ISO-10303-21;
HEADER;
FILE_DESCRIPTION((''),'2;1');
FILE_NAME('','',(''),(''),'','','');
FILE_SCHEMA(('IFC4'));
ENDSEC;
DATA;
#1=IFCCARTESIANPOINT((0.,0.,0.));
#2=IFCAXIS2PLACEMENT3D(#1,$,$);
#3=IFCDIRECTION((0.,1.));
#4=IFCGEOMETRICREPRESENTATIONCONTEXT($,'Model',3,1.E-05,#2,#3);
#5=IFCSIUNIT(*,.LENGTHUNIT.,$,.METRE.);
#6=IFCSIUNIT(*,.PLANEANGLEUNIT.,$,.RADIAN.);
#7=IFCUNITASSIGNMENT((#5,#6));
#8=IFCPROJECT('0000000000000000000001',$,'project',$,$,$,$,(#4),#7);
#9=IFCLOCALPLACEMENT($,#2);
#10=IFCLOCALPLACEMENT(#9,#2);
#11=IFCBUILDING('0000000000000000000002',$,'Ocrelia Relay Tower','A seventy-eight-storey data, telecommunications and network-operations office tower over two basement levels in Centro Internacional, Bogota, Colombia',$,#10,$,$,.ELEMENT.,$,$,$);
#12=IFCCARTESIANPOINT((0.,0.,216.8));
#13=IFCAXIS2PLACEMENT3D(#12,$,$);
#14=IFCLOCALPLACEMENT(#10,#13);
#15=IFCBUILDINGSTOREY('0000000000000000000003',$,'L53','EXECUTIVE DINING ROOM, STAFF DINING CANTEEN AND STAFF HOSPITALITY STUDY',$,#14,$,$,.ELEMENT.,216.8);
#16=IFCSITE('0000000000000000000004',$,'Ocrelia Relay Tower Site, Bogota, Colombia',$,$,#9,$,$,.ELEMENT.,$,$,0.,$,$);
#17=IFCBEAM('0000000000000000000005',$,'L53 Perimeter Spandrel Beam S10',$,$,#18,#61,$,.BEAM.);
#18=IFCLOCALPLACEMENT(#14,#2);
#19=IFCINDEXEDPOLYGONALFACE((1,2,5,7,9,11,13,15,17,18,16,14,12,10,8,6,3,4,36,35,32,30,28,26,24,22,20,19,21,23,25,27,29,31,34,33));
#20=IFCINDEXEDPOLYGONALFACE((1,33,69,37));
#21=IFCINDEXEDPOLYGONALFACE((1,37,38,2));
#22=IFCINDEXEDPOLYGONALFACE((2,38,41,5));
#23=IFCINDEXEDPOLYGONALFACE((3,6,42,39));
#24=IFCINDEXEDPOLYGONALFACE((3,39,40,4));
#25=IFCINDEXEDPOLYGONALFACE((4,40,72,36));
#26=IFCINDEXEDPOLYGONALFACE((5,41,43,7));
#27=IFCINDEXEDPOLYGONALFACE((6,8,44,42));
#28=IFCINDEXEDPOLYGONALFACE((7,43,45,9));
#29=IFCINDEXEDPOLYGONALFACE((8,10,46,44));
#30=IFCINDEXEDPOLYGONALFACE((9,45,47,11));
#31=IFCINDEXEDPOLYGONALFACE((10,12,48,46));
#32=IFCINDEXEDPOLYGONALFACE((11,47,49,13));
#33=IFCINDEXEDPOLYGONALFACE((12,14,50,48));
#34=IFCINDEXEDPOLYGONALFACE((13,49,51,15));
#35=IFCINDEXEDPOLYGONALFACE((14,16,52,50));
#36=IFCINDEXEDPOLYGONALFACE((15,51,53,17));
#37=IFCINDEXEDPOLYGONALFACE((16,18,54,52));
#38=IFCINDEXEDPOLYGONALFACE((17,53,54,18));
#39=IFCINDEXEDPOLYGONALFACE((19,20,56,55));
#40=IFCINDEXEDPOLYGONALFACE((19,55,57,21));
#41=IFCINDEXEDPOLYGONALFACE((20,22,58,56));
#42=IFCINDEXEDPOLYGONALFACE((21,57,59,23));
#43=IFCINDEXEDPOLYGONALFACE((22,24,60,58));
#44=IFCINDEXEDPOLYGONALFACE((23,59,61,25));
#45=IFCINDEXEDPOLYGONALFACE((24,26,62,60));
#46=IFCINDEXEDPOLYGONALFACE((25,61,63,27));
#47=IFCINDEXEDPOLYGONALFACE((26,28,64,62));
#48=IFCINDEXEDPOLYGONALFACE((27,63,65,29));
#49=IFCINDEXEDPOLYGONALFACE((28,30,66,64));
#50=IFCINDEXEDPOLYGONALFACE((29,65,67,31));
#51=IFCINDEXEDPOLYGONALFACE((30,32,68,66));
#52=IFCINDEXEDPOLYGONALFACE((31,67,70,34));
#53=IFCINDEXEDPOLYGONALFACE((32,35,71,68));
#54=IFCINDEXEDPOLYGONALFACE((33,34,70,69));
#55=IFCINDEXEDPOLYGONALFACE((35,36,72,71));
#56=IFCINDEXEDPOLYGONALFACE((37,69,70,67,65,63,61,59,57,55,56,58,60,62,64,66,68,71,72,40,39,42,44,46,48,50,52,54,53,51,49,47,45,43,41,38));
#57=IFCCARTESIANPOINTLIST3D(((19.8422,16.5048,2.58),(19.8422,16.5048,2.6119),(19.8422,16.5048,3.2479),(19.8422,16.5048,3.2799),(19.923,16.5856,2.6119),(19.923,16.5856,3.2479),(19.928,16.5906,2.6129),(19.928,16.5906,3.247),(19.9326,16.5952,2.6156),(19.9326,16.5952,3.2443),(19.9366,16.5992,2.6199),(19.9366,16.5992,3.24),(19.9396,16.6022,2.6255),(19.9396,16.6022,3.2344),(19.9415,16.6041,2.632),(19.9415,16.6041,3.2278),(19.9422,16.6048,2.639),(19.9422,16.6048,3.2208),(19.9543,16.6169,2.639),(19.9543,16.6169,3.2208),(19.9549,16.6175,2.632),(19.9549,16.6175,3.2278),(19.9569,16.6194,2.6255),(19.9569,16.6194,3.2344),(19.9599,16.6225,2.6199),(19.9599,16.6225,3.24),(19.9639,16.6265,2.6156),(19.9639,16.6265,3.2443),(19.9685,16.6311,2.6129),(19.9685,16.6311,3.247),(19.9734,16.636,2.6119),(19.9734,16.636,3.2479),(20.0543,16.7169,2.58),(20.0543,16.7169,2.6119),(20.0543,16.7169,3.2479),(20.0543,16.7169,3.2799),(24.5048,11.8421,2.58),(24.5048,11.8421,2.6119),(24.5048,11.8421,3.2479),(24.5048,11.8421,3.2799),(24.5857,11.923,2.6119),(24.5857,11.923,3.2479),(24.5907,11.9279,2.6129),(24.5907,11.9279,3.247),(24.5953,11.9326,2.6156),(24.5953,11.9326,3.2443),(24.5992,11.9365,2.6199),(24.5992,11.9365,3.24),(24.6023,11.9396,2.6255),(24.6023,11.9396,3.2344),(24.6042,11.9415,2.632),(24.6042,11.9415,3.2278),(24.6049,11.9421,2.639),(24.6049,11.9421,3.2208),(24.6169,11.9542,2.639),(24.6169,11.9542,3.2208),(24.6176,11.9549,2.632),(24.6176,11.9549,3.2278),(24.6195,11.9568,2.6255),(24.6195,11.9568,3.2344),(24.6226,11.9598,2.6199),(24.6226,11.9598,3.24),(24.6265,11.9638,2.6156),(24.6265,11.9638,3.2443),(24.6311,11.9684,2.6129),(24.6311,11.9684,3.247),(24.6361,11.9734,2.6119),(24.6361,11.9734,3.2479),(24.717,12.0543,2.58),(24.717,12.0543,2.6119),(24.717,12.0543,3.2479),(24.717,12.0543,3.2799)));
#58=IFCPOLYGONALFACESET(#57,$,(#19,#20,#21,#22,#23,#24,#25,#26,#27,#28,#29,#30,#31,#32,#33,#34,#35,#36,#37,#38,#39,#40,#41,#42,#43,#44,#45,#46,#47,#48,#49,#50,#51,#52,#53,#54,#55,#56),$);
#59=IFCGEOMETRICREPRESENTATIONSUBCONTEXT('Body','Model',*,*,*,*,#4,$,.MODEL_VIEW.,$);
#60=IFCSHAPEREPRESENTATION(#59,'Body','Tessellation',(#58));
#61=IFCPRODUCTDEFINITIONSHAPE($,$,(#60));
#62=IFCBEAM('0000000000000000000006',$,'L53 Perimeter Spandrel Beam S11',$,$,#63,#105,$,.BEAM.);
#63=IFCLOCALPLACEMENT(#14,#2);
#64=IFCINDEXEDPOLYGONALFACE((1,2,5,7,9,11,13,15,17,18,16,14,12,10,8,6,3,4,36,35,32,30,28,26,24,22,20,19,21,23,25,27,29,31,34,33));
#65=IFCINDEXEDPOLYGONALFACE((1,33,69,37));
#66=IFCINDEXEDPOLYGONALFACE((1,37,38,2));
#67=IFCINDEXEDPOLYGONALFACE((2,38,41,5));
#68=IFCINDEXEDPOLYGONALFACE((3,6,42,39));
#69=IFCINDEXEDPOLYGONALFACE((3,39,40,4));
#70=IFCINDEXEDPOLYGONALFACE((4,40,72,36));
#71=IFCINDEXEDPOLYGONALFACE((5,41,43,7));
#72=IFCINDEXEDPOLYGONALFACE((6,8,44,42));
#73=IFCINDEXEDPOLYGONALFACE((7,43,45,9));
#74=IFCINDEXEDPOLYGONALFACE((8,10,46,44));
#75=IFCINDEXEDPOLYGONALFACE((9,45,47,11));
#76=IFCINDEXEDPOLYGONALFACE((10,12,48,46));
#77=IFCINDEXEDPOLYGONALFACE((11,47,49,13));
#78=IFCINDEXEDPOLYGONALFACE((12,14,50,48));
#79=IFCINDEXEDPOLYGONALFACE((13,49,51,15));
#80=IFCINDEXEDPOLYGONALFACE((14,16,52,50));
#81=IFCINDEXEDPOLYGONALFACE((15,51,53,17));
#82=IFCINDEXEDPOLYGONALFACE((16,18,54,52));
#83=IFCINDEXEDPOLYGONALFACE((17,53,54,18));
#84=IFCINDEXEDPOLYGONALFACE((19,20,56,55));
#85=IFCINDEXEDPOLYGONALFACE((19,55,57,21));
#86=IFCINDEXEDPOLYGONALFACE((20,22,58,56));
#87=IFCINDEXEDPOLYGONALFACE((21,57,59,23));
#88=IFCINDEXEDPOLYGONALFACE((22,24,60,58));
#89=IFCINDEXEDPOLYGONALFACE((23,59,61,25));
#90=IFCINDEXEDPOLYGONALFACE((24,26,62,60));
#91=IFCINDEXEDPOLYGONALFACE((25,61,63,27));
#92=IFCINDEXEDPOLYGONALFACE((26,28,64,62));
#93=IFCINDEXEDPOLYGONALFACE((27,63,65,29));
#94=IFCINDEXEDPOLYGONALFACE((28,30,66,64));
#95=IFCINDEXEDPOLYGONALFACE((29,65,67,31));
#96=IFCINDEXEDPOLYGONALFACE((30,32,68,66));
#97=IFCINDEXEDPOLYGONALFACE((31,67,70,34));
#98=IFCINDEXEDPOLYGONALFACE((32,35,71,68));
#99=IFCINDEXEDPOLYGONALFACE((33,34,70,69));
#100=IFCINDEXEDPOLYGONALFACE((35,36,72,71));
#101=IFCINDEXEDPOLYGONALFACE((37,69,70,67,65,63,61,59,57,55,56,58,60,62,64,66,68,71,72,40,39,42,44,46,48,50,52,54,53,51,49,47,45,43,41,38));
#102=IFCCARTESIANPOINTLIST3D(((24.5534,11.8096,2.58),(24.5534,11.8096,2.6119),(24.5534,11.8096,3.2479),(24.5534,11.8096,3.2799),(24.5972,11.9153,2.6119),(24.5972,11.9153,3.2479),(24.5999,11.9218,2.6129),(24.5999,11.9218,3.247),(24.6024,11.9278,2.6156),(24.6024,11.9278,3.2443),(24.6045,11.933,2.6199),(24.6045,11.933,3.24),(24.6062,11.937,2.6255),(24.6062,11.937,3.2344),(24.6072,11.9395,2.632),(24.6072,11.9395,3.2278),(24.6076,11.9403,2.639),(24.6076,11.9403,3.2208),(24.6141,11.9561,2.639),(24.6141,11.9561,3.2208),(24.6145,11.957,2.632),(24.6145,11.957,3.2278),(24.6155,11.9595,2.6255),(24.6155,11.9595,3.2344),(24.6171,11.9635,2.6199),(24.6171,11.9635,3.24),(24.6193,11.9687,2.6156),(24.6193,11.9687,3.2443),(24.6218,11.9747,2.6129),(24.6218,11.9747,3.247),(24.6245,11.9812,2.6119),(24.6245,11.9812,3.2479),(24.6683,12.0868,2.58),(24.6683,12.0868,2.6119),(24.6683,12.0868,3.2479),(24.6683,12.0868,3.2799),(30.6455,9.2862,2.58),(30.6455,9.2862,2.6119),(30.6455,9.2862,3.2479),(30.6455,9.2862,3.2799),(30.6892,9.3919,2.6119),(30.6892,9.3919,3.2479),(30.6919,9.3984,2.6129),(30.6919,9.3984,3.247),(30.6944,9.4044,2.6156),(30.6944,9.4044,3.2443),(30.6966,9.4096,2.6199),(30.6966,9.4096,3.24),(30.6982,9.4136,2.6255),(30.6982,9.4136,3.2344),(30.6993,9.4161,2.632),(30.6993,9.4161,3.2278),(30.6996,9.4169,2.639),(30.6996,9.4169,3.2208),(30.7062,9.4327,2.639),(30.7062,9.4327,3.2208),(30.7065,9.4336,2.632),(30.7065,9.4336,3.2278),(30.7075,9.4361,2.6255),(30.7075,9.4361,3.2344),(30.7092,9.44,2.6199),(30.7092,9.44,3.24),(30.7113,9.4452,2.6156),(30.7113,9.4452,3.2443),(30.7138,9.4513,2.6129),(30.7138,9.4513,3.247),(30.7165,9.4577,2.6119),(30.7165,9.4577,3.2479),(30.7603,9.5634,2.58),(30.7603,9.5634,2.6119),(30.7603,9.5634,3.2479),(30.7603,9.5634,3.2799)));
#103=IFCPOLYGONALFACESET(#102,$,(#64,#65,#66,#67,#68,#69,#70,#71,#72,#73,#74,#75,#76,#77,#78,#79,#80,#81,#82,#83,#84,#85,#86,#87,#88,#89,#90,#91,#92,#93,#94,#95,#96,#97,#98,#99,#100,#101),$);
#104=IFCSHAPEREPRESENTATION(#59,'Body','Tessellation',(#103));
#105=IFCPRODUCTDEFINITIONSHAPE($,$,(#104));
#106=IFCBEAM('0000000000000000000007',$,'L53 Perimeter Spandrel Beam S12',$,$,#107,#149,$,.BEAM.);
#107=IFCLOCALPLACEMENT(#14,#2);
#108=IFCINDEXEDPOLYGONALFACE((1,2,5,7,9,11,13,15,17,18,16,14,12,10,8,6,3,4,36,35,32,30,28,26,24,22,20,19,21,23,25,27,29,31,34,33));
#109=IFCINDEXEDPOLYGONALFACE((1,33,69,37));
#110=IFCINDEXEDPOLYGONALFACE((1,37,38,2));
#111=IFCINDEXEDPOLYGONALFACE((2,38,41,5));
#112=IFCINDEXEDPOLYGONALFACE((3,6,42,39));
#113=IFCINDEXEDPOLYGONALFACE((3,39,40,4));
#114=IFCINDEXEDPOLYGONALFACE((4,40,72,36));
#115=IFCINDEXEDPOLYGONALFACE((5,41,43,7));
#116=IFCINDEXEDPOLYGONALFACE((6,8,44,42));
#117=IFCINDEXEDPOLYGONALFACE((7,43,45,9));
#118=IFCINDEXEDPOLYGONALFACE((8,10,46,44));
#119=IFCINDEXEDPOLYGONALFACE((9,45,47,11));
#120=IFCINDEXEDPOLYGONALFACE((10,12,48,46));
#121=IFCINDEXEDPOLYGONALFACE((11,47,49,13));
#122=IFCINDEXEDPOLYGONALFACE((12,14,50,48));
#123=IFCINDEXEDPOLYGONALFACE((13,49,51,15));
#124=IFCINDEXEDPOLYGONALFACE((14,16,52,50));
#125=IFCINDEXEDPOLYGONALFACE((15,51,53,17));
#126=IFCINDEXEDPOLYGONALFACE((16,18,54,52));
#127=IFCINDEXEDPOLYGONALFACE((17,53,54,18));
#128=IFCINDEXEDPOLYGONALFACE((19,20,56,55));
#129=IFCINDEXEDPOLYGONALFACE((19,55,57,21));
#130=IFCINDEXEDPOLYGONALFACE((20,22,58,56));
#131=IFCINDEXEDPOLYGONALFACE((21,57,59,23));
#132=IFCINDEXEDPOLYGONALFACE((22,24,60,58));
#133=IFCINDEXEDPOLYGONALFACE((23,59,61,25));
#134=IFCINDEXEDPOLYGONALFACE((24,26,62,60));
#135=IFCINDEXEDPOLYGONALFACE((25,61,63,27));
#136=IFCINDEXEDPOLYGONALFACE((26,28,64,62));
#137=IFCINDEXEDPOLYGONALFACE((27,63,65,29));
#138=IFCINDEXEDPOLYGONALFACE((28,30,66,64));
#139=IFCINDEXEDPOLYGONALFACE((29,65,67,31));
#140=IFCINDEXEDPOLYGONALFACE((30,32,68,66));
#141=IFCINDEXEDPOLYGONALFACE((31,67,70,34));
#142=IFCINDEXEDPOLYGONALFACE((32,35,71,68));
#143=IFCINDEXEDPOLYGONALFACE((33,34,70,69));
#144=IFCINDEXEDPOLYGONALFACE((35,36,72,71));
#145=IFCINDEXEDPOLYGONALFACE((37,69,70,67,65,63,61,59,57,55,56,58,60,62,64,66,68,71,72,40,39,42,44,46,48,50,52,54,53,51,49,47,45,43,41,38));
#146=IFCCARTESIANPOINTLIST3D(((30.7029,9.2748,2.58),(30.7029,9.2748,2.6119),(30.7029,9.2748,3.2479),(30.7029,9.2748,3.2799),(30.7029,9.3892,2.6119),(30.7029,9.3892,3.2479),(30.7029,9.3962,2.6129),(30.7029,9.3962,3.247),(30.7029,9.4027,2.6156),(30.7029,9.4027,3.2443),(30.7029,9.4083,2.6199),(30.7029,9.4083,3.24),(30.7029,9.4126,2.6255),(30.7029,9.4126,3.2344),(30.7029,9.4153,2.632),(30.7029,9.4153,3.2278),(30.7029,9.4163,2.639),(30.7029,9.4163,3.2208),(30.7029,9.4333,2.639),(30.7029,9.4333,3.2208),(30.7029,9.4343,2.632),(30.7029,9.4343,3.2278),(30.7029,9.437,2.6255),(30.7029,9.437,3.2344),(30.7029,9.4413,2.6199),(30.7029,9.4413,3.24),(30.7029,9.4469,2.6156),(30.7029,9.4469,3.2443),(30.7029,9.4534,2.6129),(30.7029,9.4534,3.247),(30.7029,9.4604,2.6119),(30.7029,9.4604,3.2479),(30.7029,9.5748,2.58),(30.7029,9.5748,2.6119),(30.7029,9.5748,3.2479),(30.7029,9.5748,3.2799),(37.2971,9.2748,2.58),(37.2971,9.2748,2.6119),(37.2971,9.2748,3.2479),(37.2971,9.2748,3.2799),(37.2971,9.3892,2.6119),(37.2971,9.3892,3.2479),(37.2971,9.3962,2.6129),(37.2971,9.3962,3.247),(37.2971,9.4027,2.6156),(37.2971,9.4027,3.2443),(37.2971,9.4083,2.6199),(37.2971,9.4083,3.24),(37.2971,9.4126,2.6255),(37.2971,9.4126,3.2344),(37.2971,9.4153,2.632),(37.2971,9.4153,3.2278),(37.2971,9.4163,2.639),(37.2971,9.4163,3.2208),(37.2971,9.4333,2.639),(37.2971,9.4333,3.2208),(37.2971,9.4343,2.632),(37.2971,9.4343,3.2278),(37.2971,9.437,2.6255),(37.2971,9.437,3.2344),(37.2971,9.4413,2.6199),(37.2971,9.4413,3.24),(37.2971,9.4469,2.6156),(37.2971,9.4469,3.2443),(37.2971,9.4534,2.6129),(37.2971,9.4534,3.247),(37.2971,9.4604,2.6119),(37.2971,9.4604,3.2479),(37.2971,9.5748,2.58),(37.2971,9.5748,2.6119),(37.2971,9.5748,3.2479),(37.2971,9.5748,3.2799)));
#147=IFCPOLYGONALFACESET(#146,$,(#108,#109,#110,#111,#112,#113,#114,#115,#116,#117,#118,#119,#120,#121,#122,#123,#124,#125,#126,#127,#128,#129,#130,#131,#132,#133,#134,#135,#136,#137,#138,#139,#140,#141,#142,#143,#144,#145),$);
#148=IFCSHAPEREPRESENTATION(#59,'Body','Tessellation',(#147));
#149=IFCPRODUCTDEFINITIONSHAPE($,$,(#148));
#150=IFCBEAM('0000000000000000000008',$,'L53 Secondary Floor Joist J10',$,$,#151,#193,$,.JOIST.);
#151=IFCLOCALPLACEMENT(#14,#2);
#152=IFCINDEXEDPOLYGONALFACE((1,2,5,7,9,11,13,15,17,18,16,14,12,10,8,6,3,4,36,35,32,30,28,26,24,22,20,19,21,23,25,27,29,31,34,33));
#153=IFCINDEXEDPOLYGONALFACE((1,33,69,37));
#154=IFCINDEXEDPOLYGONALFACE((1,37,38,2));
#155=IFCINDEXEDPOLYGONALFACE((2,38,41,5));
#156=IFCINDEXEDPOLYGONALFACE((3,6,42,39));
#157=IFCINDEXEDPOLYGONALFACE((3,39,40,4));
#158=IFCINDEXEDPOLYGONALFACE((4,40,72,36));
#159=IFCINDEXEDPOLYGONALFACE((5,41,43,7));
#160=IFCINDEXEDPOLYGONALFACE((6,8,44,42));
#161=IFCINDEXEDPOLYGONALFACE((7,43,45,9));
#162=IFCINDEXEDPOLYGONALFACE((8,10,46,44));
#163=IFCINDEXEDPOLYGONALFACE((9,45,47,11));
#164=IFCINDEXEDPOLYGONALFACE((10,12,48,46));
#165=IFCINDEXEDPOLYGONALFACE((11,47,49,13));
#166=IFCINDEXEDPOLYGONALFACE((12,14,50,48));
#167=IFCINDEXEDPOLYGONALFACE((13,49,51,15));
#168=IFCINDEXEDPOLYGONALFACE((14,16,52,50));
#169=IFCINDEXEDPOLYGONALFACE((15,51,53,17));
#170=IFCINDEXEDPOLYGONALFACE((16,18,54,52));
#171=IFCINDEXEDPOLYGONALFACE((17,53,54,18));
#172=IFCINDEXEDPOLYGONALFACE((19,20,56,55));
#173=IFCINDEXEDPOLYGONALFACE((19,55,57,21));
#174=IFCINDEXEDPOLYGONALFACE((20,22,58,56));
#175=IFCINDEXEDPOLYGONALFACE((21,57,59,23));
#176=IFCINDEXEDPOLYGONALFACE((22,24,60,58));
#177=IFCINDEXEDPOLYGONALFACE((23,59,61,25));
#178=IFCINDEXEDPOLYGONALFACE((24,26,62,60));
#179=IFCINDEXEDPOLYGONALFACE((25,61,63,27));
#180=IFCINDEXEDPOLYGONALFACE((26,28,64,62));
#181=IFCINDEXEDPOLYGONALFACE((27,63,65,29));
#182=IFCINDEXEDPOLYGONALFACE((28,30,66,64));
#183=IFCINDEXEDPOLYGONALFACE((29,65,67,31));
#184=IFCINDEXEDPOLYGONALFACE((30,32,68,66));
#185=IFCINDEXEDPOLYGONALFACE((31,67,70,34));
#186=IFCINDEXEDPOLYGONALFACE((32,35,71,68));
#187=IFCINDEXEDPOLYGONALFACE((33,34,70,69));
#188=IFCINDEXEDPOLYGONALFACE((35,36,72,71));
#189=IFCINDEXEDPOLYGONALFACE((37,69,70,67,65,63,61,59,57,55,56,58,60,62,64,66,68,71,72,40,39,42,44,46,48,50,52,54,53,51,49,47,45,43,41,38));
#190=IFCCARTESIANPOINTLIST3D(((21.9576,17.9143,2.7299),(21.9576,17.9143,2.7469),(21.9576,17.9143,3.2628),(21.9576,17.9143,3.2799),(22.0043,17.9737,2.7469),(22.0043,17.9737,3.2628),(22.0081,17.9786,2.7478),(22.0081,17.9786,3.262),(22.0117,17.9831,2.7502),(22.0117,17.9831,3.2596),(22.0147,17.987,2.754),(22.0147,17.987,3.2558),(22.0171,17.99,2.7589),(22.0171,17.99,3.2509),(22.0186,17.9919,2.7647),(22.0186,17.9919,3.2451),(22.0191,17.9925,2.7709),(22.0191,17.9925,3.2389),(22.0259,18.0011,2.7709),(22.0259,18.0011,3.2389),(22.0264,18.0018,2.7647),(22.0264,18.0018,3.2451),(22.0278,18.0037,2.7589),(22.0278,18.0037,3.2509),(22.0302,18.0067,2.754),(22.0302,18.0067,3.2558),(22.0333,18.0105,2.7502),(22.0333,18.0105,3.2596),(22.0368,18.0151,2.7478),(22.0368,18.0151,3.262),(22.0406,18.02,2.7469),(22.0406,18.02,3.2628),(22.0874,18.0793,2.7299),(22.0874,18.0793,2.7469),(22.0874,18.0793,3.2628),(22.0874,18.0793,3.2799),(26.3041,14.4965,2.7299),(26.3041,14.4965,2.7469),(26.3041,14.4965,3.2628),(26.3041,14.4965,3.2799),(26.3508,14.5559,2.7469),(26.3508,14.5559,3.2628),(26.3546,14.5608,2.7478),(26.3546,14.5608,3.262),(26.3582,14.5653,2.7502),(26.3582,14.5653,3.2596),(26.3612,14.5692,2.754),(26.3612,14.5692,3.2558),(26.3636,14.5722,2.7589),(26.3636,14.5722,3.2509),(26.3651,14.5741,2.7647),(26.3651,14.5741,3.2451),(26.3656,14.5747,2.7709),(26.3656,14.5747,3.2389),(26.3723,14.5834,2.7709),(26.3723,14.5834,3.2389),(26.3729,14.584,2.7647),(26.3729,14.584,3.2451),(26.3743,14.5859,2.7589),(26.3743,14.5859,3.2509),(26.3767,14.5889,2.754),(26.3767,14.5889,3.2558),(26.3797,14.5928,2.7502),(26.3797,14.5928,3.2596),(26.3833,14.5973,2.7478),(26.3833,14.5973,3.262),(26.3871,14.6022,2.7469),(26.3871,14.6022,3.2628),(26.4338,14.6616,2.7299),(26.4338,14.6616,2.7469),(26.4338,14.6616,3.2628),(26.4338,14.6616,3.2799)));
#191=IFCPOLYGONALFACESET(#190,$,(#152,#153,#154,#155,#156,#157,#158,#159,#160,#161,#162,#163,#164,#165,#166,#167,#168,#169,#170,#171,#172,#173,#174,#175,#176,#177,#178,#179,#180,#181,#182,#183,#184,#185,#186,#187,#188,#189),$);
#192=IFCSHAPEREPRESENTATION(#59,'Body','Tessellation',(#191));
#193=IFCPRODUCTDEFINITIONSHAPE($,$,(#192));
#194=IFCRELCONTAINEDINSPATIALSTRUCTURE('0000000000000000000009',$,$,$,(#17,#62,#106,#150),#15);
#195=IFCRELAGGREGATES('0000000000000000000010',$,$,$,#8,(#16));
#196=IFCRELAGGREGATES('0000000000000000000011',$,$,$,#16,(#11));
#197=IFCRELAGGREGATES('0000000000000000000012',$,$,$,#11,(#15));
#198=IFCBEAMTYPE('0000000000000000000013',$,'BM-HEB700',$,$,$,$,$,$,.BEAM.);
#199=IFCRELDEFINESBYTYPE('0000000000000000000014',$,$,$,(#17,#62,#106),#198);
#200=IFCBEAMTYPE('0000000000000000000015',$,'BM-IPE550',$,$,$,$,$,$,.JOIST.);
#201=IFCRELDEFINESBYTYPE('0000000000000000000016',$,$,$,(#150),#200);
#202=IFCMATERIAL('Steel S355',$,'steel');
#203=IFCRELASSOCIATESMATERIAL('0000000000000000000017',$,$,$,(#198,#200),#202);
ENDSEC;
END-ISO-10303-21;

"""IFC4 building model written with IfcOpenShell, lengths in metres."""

from ifc_helpers import new_model, si_unit, direction, frame, origin, origin_2d, place, context, subcontext, project, spatial, i_section, extrude, material, material_profile, profile_set, type_object, element, save


model = new_model("IFC4")

# Units and contexts
model_context = context("Model", 3, precision=1e-05, world=origin(), true_north=direction((0.0, 1.0)))
body_context = subcontext(model_context, "Body", "Model", "MODEL_VIEW")
ifc_project = project(units=[si_unit("LENGTHUNIT", "METRE"), si_unit("PLANEANGLEUNIT", "RADIAN")], contexts=[model_context])

# Site, building, storey
site_placement = place(None, origin())
site = spatial("IfcSite", under=ifc_project, at=site_placement, Name="Ocrelia Relay Tower Site, Bogota, Colombia", CompositionType="ELEMENT", RefElevation=0.0)
building_placement = place(site_placement, origin())
building = spatial("IfcBuilding", under=site, at=building_placement, Name="Ocrelia Relay Tower", Description="A seventy-eight-storey data, telecommunications and network-operations office tower over two basement levels in Centro Internacional, Bogota, Colombia", CompositionType="ELEMENT")
storey_placement = place(building_placement, frame((0.0, 0.0, 216.8)))
storey = spatial("IfcBuildingStorey", under=building, at=storey_placement, Name="L53", Description="EXECUTIVE DINING ROOM, STAFF DINING CANTEEN AND STAFF HOSPITALITY STUDY", CompositionType="ELEMENT", Elevation=216.8)

# Beams
ifc_material_1 = material(Name="Steel S355", Category="steel")
ifc_material_profile_1 = material_profile(ifc_material_1, i_section(OverallWidth=0.3, OverallDepth=0.7, WebThickness=0.0171, FlangeThickness=0.032, FilletRadius=0.0271, at=origin_2d()), Name="HEB 700")
ifc_profile_set_1 = profile_set([ifc_material_profile_1], Name="Steel S355")
beam_type_1 = type_object("IfcBeamType", Name="BM-HEB700", PredefinedType="BEAM", material=ifc_profile_set_1)
for number, where, z_axis, x_axis, name in (
    (1, (19.9482, 16.6108, 2.9299), (0.707107, -0.707107, 0.0), (0.707107, 0.707107, 0.0), "L53 Perimeter Spandrel Beam S10"),
    (2, (24.6108, 11.9482, 2.9299), (0.923878, -0.382688, 0.0), (0.382688, 0.923878, 0.0), "L53 Perimeter Spandrel Beam S11"),
):
    element("IfcBeam", number, at=place(storey_placement, frame(where, z_axis=z_axis, x_axis=x_axis)), inside=storey, type_object=beam_type_1, Name=name, PredefinedType="BEAM", context=body_context, shape_type="SweptSolid", body=[
        extrude(i_section(OverallWidth=0.3, OverallDepth=0.7, WebThickness=0.0171, FlangeThickness=0.032, FilletRadius=0.0271, at=origin_2d()), origin(), (0.0, 0.0, 1.0), 6.594),
    ])
beam_1_placement = place(storey_placement, frame((30.7029, 9.4248, 2.9299), z_axis=(1.0, 0.0, 0.0), x_axis=(0.0, 1.0, 0.0)))
element("IfcBeam", 3, at=beam_1_placement, inside=storey, type_object=beam_type_1, Name="L53 Perimeter Spandrel Beam S12", PredefinedType="BEAM", context=body_context, shape_type="SweptSolid", body=[
    extrude(i_section(OverallWidth=0.3, OverallDepth=0.7, WebThickness=0.0171, FlangeThickness=0.032, FilletRadius=0.0271, at=origin_2d()), origin(), (0.0, 0.0, 1.0), 6.5942),
])
ifc_material_profile_2 = material_profile(ifc_material_1, i_section(OverallWidth=0.21, OverallDepth=0.55, WebThickness=0.011, FlangeThickness=0.0171, FilletRadius=0.0239, at=origin_2d()), Name="IPE 550")
ifc_profile_set_2 = profile_set([ifc_material_profile_2], Name="Steel S355")
beam_type_2 = type_object("IfcBeamType", Name="BM-IPE550", PredefinedType="JOIST", material=ifc_profile_set_2)
beam_2_placement = place(storey_placement, frame((22.0225, 17.9968, 3.0049), z_axis=(0.786084, -0.61812, 0.0), x_axis=(0.61812, 0.786084, 0.0)))
element("IfcBeam", 4, at=beam_2_placement, inside=storey, type_object=beam_type_2, Name="L53 Secondary Floor Joist J10", PredefinedType="JOIST", context=body_context, shape_type="SweptSolid", body=[
    extrude(i_section(OverallWidth=0.21, OverallDepth=0.55, WebThickness=0.011, FlangeThickness=0.0171, FilletRadius=0.0239, at=origin_2d()), origin(), (0.0, 0.0, 1.0), 5.5293),
])

save(model, "model.ifc")
